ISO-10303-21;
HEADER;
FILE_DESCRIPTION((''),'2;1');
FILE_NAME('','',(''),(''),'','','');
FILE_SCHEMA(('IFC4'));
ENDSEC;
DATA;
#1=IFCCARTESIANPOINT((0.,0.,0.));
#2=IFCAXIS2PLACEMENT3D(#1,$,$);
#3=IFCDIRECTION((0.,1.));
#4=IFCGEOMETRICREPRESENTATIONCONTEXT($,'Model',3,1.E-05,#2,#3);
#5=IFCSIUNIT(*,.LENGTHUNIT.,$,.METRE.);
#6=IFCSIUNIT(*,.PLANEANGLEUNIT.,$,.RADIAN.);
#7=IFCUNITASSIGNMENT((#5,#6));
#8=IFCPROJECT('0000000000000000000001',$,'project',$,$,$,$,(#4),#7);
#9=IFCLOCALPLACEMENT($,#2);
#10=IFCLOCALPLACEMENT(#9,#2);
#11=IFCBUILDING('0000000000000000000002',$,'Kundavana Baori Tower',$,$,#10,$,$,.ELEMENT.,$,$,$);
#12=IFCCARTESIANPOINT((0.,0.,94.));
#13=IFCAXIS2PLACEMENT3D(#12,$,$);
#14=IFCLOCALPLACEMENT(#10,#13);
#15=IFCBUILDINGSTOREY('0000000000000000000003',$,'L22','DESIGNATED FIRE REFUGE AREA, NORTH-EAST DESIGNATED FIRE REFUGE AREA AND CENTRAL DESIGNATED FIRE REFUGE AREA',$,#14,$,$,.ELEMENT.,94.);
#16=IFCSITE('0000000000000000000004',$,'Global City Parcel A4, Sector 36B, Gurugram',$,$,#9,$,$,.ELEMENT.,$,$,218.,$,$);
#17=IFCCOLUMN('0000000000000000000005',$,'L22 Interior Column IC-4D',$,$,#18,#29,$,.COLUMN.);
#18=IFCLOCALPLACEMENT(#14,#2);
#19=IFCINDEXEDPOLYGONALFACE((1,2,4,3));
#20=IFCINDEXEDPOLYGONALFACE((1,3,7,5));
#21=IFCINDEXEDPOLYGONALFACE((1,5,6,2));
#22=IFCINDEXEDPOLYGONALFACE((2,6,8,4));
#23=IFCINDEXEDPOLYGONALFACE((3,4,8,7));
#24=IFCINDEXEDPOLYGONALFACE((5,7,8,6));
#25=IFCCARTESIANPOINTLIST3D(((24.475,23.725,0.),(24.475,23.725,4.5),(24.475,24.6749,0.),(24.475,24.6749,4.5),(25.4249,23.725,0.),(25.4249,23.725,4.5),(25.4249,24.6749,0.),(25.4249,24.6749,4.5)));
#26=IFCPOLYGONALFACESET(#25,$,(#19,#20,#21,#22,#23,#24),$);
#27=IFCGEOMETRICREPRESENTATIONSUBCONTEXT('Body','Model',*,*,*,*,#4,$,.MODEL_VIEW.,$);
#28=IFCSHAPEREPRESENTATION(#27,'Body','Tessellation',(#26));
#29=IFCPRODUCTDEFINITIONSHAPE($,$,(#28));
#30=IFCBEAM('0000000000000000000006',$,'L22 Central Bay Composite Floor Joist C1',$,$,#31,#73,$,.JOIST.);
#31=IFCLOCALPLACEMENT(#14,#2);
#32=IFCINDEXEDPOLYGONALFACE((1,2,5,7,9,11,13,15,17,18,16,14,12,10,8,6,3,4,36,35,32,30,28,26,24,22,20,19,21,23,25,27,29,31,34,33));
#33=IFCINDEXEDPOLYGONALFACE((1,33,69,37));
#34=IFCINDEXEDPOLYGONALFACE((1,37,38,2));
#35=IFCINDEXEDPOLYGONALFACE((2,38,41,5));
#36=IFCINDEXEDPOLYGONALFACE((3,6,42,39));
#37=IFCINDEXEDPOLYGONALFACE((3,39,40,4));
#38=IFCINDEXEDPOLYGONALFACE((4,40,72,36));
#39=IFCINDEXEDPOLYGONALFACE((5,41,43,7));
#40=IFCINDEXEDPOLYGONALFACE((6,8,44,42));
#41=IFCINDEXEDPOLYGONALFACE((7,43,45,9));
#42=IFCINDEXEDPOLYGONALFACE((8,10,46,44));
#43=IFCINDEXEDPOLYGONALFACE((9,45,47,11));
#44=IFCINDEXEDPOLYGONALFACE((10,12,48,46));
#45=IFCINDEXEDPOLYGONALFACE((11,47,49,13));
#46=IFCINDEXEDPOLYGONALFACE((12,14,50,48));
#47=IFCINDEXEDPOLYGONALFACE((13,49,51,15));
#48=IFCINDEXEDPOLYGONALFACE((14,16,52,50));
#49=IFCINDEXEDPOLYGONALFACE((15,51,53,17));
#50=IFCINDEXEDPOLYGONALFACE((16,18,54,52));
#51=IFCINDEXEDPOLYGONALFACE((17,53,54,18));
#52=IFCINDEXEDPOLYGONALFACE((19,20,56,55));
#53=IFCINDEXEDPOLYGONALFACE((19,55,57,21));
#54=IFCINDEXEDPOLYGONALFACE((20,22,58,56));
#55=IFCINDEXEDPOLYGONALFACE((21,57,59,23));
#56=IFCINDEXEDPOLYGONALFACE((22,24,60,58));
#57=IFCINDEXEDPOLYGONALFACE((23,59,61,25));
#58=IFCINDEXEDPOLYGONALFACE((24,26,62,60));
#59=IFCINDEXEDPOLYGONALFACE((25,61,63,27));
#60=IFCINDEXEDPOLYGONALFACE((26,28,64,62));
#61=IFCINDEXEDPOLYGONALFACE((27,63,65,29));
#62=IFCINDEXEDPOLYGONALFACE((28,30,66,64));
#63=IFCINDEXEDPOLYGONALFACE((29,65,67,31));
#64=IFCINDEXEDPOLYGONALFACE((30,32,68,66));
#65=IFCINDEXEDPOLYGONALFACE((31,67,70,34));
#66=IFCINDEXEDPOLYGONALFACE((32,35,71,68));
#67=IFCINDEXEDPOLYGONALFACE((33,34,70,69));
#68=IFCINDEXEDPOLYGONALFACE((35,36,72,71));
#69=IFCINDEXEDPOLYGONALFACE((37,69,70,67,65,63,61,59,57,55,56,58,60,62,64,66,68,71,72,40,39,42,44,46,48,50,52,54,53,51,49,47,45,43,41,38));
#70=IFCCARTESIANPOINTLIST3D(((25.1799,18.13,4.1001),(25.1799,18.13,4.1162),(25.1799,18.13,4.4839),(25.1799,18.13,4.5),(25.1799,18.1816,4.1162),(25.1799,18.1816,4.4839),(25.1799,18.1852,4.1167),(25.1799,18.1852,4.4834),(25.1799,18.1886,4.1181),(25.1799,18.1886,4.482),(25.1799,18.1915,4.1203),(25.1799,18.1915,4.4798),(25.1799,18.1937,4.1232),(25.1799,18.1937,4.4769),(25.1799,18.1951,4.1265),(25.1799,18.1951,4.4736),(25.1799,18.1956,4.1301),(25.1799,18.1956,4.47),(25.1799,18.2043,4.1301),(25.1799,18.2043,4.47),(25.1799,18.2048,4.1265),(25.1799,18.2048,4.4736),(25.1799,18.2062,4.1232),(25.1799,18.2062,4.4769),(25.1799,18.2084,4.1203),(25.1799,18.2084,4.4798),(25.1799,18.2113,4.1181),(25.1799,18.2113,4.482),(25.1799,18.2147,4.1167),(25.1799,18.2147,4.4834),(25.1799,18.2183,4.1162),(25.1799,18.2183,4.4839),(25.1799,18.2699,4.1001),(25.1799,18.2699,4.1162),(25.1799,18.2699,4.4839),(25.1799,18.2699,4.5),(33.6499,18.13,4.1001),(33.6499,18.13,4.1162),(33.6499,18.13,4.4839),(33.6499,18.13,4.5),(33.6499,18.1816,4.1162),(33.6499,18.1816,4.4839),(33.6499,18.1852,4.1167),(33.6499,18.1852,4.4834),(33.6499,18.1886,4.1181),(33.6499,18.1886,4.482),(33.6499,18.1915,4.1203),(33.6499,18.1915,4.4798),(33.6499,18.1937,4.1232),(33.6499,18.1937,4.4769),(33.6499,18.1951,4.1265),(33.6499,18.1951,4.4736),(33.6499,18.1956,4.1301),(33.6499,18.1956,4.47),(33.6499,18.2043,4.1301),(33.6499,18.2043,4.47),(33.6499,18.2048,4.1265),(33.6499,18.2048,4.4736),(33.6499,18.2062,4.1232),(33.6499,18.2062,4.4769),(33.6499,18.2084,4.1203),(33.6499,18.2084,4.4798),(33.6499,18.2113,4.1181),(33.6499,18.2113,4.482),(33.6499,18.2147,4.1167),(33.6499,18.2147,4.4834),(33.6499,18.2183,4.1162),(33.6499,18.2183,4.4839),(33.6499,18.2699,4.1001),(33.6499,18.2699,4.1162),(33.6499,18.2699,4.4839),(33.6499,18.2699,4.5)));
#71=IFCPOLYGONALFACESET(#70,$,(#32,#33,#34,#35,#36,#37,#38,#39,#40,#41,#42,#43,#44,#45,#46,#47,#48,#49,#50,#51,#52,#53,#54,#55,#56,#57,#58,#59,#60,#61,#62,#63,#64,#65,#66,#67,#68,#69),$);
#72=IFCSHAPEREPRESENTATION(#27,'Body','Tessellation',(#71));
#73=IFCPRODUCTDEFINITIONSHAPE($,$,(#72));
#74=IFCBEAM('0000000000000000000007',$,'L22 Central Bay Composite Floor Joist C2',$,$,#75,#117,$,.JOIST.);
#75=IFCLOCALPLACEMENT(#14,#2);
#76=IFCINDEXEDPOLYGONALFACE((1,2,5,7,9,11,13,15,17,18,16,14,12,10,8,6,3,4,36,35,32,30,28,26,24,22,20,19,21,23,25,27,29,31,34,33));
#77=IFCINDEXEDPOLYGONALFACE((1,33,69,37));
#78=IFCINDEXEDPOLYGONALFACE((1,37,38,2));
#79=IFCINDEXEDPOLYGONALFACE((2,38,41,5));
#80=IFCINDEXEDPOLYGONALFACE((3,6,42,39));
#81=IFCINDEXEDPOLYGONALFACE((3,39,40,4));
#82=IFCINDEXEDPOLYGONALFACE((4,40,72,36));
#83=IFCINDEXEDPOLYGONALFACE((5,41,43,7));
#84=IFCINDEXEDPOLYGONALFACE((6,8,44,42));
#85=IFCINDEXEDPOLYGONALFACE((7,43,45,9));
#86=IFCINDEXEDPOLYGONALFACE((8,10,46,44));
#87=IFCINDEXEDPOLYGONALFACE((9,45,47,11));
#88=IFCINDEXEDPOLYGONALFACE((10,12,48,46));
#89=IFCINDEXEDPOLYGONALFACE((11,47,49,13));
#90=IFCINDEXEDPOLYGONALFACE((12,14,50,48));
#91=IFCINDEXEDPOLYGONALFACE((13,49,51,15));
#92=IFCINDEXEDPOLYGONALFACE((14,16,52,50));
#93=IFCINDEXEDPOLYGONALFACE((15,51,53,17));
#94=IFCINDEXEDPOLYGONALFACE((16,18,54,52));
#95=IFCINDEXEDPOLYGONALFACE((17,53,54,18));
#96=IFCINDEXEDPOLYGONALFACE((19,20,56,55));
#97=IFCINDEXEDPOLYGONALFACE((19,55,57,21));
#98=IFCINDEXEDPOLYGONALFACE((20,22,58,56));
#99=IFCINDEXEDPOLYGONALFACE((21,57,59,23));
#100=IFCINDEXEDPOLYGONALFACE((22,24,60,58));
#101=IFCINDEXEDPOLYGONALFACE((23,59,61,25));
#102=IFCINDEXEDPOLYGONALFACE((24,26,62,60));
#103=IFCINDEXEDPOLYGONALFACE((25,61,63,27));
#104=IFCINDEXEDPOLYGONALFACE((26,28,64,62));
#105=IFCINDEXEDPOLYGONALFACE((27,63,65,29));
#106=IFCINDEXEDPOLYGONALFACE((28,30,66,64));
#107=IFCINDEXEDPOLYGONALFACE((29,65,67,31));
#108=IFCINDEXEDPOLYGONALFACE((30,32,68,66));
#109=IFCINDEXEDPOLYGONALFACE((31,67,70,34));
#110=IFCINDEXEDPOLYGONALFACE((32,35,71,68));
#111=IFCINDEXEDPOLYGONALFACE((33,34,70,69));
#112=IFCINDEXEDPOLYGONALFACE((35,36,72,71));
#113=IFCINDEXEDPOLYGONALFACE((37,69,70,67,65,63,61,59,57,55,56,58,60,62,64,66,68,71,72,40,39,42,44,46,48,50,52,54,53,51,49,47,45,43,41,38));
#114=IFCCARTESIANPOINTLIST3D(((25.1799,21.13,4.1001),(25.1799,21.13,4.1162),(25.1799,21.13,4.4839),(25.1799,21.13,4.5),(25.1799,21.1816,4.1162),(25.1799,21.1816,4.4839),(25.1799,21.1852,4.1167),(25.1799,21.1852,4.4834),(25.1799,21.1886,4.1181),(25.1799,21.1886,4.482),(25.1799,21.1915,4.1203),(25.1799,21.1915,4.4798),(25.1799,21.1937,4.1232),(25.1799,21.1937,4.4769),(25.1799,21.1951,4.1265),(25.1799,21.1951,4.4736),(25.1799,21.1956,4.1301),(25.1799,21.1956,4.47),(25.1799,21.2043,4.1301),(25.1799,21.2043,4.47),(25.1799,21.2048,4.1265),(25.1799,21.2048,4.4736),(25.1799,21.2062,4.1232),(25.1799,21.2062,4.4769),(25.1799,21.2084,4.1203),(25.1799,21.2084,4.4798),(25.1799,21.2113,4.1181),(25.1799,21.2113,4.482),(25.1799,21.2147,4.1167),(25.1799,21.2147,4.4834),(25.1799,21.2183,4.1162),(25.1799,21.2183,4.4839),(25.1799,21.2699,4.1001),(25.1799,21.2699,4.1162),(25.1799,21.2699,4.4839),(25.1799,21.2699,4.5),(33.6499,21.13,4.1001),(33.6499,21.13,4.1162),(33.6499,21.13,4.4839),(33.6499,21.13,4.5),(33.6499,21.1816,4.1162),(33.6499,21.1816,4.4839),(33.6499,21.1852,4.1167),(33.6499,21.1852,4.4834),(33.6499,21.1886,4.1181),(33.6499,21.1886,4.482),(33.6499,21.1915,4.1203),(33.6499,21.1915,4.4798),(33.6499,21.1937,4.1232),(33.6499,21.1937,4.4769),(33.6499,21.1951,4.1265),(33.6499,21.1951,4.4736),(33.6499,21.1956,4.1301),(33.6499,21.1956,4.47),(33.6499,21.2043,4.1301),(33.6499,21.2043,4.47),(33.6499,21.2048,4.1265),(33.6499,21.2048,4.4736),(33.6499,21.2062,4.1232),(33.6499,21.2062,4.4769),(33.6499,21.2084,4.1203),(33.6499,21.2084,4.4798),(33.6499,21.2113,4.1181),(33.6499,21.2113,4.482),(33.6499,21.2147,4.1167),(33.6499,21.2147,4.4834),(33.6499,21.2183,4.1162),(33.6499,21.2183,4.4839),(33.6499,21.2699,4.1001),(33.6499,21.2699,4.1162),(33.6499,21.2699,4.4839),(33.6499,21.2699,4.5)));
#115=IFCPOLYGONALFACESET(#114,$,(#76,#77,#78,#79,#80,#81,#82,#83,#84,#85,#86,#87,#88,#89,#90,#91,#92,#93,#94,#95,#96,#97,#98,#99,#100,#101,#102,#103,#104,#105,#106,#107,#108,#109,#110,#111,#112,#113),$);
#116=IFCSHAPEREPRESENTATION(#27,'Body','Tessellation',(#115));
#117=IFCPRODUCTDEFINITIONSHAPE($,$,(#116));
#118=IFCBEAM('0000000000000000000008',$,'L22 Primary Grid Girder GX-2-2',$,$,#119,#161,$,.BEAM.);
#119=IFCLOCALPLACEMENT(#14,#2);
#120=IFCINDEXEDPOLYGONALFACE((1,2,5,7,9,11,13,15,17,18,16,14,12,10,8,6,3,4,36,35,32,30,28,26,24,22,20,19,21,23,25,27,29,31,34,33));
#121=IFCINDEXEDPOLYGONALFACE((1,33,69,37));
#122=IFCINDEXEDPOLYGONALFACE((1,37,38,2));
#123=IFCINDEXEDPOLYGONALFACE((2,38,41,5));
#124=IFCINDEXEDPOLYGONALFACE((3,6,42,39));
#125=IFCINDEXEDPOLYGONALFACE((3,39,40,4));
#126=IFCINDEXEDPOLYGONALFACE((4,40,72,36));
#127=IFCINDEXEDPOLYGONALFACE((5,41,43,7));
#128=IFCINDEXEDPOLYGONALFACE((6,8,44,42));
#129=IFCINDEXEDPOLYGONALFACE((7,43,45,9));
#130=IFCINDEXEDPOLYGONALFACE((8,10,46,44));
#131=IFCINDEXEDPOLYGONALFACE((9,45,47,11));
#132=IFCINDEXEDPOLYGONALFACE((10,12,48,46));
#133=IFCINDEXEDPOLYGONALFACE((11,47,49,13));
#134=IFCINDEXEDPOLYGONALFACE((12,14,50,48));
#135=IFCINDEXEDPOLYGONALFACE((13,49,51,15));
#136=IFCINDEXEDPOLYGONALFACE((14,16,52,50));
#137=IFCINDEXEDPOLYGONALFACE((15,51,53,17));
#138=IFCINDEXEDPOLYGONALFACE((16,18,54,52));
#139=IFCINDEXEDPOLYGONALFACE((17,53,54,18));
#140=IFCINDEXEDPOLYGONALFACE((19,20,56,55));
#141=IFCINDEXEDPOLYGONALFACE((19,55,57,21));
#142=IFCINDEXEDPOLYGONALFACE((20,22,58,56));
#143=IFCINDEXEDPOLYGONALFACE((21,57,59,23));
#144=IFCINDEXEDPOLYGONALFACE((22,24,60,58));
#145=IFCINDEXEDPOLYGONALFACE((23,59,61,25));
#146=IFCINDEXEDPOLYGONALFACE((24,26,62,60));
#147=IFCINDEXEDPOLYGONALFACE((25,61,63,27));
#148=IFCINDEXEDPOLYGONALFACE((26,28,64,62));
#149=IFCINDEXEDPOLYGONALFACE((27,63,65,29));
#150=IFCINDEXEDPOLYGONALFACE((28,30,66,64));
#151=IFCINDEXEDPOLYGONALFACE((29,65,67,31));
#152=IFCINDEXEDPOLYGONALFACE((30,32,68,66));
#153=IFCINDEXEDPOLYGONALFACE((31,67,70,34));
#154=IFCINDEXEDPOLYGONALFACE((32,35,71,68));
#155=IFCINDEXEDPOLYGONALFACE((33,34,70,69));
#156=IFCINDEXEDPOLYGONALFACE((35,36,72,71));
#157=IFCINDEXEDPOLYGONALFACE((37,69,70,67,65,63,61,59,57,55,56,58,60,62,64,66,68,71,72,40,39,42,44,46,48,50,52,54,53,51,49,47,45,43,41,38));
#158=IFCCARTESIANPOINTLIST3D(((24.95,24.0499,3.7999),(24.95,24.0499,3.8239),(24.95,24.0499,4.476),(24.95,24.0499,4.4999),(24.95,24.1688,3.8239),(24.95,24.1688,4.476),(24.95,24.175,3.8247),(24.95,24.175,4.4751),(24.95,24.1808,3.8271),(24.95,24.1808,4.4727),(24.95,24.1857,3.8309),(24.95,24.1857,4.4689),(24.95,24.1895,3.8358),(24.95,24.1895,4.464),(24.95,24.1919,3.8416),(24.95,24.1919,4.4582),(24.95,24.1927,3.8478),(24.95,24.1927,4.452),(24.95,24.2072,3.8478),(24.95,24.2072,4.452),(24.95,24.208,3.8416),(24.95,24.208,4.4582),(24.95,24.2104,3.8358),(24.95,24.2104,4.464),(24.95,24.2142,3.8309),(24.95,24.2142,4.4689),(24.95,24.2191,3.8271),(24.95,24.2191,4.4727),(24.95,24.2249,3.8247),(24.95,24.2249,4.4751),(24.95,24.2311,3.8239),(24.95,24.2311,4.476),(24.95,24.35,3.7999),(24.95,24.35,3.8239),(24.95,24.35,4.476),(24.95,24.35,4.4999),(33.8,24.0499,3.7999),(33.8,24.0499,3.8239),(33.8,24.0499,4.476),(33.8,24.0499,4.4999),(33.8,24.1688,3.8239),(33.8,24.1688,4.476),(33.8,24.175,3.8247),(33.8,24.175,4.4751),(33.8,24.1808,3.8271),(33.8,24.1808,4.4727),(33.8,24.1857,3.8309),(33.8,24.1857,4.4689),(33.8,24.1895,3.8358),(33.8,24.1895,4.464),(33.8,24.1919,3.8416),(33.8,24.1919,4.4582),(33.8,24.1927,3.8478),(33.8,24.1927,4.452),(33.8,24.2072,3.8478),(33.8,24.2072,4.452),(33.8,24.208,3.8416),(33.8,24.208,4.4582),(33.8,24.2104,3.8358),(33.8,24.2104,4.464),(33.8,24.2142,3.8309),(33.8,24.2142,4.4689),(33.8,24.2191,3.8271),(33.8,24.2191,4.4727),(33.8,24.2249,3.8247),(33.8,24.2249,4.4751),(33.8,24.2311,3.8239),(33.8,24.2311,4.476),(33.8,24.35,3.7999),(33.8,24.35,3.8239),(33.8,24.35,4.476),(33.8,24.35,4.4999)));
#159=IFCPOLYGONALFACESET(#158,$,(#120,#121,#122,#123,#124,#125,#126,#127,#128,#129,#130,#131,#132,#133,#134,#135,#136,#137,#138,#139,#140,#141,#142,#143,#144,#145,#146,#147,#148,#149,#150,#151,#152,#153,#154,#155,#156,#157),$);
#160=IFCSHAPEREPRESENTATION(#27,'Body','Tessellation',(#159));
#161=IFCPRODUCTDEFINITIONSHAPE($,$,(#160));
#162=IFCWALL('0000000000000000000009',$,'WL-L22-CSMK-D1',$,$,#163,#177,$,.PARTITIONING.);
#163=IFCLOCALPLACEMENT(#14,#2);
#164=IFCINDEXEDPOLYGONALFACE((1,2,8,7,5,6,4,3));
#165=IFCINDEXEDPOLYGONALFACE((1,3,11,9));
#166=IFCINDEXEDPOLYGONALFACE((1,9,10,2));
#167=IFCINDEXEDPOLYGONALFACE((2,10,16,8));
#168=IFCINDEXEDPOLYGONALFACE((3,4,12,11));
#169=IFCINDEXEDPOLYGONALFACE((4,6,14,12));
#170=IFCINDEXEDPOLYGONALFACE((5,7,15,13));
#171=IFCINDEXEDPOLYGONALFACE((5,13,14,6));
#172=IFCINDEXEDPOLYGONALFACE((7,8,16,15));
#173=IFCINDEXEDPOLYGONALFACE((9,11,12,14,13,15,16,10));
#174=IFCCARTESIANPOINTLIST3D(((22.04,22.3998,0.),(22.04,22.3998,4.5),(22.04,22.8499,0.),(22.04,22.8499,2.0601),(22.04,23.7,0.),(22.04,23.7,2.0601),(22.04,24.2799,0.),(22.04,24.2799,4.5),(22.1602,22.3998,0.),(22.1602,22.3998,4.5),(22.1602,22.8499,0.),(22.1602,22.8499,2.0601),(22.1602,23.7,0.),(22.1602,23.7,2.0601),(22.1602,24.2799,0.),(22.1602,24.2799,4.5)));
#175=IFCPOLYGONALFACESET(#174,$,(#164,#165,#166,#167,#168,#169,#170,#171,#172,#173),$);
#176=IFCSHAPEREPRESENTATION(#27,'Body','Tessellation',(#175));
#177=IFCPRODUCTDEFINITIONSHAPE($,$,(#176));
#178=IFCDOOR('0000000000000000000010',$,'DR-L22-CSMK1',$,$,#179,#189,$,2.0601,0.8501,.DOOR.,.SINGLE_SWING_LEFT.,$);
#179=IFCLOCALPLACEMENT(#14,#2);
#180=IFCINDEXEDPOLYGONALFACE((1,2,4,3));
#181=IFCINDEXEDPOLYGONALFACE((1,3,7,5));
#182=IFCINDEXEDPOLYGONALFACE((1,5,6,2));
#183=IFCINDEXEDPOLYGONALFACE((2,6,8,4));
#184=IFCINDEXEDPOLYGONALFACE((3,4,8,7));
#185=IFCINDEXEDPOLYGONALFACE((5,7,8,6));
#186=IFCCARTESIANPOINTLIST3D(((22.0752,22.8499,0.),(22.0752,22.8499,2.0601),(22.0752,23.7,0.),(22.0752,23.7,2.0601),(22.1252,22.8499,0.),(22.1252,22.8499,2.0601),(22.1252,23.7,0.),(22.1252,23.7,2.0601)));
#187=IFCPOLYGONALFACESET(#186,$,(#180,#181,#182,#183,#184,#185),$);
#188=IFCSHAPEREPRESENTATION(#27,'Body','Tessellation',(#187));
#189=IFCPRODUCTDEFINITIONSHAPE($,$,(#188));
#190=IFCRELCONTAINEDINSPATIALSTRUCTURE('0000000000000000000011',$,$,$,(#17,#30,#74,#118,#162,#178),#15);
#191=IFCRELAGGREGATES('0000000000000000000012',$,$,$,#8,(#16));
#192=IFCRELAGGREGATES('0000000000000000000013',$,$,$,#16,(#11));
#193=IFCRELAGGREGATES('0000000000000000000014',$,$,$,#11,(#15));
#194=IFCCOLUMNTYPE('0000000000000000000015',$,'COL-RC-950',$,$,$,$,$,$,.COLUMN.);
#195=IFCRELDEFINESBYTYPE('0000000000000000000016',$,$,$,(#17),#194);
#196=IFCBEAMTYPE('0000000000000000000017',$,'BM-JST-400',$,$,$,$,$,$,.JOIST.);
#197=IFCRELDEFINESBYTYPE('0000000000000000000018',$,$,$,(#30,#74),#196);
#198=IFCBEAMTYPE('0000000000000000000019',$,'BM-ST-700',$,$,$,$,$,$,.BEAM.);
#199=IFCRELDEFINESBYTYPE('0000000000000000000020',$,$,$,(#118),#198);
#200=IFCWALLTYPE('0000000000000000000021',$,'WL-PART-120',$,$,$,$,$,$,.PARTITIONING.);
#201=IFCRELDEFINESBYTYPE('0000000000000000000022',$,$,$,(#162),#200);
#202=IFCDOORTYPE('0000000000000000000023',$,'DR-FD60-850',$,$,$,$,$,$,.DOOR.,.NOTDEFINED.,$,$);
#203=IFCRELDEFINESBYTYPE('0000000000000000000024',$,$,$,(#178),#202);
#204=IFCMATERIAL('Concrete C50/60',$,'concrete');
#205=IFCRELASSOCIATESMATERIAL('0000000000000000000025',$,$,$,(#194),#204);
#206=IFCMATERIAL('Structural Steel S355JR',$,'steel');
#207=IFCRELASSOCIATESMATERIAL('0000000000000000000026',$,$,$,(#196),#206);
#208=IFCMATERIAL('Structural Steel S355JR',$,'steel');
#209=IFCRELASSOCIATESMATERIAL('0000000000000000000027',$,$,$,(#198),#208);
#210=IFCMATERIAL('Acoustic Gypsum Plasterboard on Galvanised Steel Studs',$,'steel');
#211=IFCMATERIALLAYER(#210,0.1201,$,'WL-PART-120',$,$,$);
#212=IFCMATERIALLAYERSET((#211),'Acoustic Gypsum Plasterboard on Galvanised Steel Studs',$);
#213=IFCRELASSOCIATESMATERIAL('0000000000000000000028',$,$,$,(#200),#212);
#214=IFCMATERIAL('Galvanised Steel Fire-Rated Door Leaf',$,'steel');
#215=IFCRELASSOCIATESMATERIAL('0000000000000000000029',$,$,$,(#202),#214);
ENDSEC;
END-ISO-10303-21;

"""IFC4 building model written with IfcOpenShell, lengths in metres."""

from ifc_helpers import new_model, si_unit, direction, frame, frame_2d, origin, origin_2d, place, context, subcontext, project, spatial, rectangle, i_section, extrude, material, layer, layer_set, material_profile, profile_set, type_object, element, fill, save


model = new_model("IFC4")

# Units and contexts
model_context = context("Model", 3, precision=1e-05, world=origin(), true_north=direction((0.0, 1.0)))
body_context = subcontext(model_context, "Body", "Model", "MODEL_VIEW")
ifc_project = project(units=[si_unit("LENGTHUNIT", "METRE"), si_unit("PLANEANGLEUNIT", "RADIAN")], contexts=[model_context])

# Site, building, storey
site_placement = place(None, origin())
site = spatial("IfcSite", under=ifc_project, at=site_placement, Name="Global City Parcel A4, Sector 36B, Gurugram", CompositionType="ELEMENT", RefElevation=218.0)
building_placement = place(site_placement, origin())
building = spatial("IfcBuilding", under=site, at=building_placement, Name="Kundavana Baori Tower", CompositionType="ELEMENT")
storey_placement = place(building_placement, frame((0.0, 0.0, 94.0)))
storey = spatial("IfcBuildingStorey", under=building, at=storey_placement, Name="L22", Description="DESIGNATED FIRE REFUGE AREA, NORTH-EAST DESIGNATED FIRE REFUGE AREA AND CENTRAL DESIGNATED FIRE REFUGE AREA", CompositionType="ELEMENT", Elevation=94.0)

# Column
ifc_material_1 = material(Name="Concrete C50/60", Category="concrete")
ifc_material_profile_1 = material_profile(ifc_material_1, rectangle(XDim=0.95, YDim=0.95, at=origin_2d()), Name="RC 950x950")
ifc_profile_set_1 = profile_set([ifc_material_profile_1], Name="Concrete C50/60")
column_type = type_object("IfcColumnType", Name="COL-RC-950", PredefinedType="COLUMN", material=ifc_profile_set_1)
column_placement = place(storey_placement, frame((24.95, 24.2, 0.0), z_axis=(0.0, 0.0, 1.0), x_axis=(1.0, 0.0, 0.0)))
element("IfcColumn", 1, at=column_placement, inside=storey, type_object=column_type, Name="L22 Interior Column IC-4D", PredefinedType="COLUMN", context=body_context, shape_type="SweptSolid", body=[
    extrude(rectangle(XDim=0.95, YDim=0.95, at=origin_2d()), origin(), (0.0, 0.0, 1.0), 4.5),
])

# Beams
ifc_material_2 = material(Name="Structural Steel S355JR", Category="steel")
ifc_material_profile_2 = material_profile(ifc_material_2, i_section(OverallWidth=0.1399, OverallDepth=0.3999, WebThickness=0.0088, FlangeThickness=0.0161, FilletRadius=0.0139, at=origin_2d()), Name="ISMB 400")
ifc_profile_set_2 = profile_set([ifc_material_profile_2], Name="Structural Steel S355JR")
beam_type_1 = type_object("IfcBeamType", Name="BM-JST-400", PredefinedType="JOIST", material=ifc_profile_set_2)
for number, where, z_axis, x_axis, name in (
    (2, (25.1799, 18.2, 4.3), (1.0, 0.0, 0.0), (0.0, 1.0, 0.0), "L22 Central Bay Composite Floor Joist C1"),
    (3, (25.1799, 21.2, 4.3), (1.0, 0.0, 0.0), (0.0, 1.0, 0.0), "L22 Central Bay Composite Floor Joist C2"),
):
    element("IfcBeam", number, at=place(storey_placement, frame(where, z_axis=z_axis, x_axis=x_axis)), inside=storey, type_object=beam_type_1, Name=name, PredefinedType="JOIST", context=body_context, shape_type="SweptSolid", body=[
        extrude(i_section(OverallWidth=0.1399, OverallDepth=0.3999, WebThickness=0.0088, FlangeThickness=0.0161, FilletRadius=0.0139, at=origin_2d()), origin(), (0.0, 0.0, 1.0), 8.47),
    ])
ifc_material_3 = material(Name="Structural Steel S355JR", Category="steel")
ifc_material_profile_3 = material_profile(ifc_material_3, i_section(OverallWidth=0.3, OverallDepth=0.7, WebThickness=0.0144, FlangeThickness=0.0239, FilletRadius=0.0239, at=origin_2d()), Name="NPB 700x300x170")
ifc_profile_set_3 = profile_set([ifc_material_profile_3], Name="Structural Steel S355JR")
beam_type_2 = type_object("IfcBeamType", Name="BM-ST-700", PredefinedType="BEAM", material=ifc_profile_set_3)
beam_placement = place(storey_placement, frame((24.95, 24.2, 4.1499), z_axis=(1.0, 0.0, 0.0), x_axis=(0.0, 1.0, 0.0)))
element("IfcBeam", 4, at=beam_placement, inside=storey, type_object=beam_type_2, Name="L22 Primary Grid Girder GX-2-2", PredefinedType="BEAM", context=body_context, shape_type="SweptSolid", body=[
    extrude(i_section(OverallWidth=0.3, OverallDepth=0.7, WebThickness=0.0144, FlangeThickness=0.0239, FilletRadius=0.0239, at=origin_2d()), origin(), (0.0, 0.0, 1.0), 8.8501),
])

# Wall, opening, door
ifc_material_4 = material(Name="Acoustic Gypsum Plasterboard on Galvanised Steel Studs", Category="steel")
ifc_layer_1 = layer(ifc_material_4, 0.1201, Name="WL-PART-120")
ifc_layer_set_1 = layer_set([ifc_layer_1], Name="Acoustic Gypsum Plasterboard on Galvanised Steel Studs")
wall_type_1 = type_object("IfcWallType", Name="WL-PART-120", PredefinedType="PARTITIONING", material=ifc_layer_set_1)
wall_1_placement = place(storey_placement, frame((22.1001, 22.3999, 0.0), z_axis=(0.0, 0.0, 1.0), x_axis=(0.0, 1.0, 0.0)))
wall_1 = element("IfcWall", 5, at=wall_1_placement, inside=storey, type_object=wall_type_1, Name="WL-L22-CSMK-D1", PredefinedType="PARTITIONING", context=body_context, shape_type="SweptSolid", body=[
    extrude(rectangle(XDim=1.8801, YDim=0.1201, at=frame_2d((0.9399, 0.0))), origin(), (0.0, 0.0, 1.0), 4.5),
])
opening_1_placement = place(wall_1_placement, frame((0.45, 0.0, 0.0)))
opening_1 = element("IfcOpeningElement", 6, at=opening_1_placement, cuts=wall_1, PredefinedType="OPENING", context=body_context, shape_type="SweptSolid", body=[
    extrude(rectangle(XDim=0.8501, YDim=2.0601, at=frame_2d((0.425, 1.03))), frame((0.0, 0.0701, 0.0), z_axis=(0.0, -1.0, 0.0), x_axis=(1.0, 0.0, 0.0)), (0.0, 0.0, 1.0), 0.1401),
])
ifc_material_5 = material(Name="Galvanised Steel Fire-Rated Door Leaf", Category="steel")
door_type_1 = type_object("IfcDoorType", Name="DR-FD60-850", OperationType="NOTDEFINED", PredefinedType="DOOR", material=ifc_material_5)
door_1_placement = place(opening_1_placement, origin())
door_1 = element("IfcDoor", 7, at=door_1_placement, inside=storey, type_object=door_type_1, Name="DR-L22-CSMK1", OperationType="SINGLE_SWING_LEFT", OverallHeight=2.0601, OverallWidth=0.8501, PredefinedType="DOOR", context=body_context, shape_type="SweptSolid", body=[
    extrude(rectangle(XDim=0.8501, YDim=2.0601, at=frame_2d((0.425, 1.03))), frame((0.0, 0.0249, 0.0), z_axis=(0.0, -1.0, 0.0), x_axis=(1.0, 0.0, 0.0)), (0.0, 0.0, 1.0), 0.05),
])
fill(opening_1, door_1)

save(model, "model.ifc")
